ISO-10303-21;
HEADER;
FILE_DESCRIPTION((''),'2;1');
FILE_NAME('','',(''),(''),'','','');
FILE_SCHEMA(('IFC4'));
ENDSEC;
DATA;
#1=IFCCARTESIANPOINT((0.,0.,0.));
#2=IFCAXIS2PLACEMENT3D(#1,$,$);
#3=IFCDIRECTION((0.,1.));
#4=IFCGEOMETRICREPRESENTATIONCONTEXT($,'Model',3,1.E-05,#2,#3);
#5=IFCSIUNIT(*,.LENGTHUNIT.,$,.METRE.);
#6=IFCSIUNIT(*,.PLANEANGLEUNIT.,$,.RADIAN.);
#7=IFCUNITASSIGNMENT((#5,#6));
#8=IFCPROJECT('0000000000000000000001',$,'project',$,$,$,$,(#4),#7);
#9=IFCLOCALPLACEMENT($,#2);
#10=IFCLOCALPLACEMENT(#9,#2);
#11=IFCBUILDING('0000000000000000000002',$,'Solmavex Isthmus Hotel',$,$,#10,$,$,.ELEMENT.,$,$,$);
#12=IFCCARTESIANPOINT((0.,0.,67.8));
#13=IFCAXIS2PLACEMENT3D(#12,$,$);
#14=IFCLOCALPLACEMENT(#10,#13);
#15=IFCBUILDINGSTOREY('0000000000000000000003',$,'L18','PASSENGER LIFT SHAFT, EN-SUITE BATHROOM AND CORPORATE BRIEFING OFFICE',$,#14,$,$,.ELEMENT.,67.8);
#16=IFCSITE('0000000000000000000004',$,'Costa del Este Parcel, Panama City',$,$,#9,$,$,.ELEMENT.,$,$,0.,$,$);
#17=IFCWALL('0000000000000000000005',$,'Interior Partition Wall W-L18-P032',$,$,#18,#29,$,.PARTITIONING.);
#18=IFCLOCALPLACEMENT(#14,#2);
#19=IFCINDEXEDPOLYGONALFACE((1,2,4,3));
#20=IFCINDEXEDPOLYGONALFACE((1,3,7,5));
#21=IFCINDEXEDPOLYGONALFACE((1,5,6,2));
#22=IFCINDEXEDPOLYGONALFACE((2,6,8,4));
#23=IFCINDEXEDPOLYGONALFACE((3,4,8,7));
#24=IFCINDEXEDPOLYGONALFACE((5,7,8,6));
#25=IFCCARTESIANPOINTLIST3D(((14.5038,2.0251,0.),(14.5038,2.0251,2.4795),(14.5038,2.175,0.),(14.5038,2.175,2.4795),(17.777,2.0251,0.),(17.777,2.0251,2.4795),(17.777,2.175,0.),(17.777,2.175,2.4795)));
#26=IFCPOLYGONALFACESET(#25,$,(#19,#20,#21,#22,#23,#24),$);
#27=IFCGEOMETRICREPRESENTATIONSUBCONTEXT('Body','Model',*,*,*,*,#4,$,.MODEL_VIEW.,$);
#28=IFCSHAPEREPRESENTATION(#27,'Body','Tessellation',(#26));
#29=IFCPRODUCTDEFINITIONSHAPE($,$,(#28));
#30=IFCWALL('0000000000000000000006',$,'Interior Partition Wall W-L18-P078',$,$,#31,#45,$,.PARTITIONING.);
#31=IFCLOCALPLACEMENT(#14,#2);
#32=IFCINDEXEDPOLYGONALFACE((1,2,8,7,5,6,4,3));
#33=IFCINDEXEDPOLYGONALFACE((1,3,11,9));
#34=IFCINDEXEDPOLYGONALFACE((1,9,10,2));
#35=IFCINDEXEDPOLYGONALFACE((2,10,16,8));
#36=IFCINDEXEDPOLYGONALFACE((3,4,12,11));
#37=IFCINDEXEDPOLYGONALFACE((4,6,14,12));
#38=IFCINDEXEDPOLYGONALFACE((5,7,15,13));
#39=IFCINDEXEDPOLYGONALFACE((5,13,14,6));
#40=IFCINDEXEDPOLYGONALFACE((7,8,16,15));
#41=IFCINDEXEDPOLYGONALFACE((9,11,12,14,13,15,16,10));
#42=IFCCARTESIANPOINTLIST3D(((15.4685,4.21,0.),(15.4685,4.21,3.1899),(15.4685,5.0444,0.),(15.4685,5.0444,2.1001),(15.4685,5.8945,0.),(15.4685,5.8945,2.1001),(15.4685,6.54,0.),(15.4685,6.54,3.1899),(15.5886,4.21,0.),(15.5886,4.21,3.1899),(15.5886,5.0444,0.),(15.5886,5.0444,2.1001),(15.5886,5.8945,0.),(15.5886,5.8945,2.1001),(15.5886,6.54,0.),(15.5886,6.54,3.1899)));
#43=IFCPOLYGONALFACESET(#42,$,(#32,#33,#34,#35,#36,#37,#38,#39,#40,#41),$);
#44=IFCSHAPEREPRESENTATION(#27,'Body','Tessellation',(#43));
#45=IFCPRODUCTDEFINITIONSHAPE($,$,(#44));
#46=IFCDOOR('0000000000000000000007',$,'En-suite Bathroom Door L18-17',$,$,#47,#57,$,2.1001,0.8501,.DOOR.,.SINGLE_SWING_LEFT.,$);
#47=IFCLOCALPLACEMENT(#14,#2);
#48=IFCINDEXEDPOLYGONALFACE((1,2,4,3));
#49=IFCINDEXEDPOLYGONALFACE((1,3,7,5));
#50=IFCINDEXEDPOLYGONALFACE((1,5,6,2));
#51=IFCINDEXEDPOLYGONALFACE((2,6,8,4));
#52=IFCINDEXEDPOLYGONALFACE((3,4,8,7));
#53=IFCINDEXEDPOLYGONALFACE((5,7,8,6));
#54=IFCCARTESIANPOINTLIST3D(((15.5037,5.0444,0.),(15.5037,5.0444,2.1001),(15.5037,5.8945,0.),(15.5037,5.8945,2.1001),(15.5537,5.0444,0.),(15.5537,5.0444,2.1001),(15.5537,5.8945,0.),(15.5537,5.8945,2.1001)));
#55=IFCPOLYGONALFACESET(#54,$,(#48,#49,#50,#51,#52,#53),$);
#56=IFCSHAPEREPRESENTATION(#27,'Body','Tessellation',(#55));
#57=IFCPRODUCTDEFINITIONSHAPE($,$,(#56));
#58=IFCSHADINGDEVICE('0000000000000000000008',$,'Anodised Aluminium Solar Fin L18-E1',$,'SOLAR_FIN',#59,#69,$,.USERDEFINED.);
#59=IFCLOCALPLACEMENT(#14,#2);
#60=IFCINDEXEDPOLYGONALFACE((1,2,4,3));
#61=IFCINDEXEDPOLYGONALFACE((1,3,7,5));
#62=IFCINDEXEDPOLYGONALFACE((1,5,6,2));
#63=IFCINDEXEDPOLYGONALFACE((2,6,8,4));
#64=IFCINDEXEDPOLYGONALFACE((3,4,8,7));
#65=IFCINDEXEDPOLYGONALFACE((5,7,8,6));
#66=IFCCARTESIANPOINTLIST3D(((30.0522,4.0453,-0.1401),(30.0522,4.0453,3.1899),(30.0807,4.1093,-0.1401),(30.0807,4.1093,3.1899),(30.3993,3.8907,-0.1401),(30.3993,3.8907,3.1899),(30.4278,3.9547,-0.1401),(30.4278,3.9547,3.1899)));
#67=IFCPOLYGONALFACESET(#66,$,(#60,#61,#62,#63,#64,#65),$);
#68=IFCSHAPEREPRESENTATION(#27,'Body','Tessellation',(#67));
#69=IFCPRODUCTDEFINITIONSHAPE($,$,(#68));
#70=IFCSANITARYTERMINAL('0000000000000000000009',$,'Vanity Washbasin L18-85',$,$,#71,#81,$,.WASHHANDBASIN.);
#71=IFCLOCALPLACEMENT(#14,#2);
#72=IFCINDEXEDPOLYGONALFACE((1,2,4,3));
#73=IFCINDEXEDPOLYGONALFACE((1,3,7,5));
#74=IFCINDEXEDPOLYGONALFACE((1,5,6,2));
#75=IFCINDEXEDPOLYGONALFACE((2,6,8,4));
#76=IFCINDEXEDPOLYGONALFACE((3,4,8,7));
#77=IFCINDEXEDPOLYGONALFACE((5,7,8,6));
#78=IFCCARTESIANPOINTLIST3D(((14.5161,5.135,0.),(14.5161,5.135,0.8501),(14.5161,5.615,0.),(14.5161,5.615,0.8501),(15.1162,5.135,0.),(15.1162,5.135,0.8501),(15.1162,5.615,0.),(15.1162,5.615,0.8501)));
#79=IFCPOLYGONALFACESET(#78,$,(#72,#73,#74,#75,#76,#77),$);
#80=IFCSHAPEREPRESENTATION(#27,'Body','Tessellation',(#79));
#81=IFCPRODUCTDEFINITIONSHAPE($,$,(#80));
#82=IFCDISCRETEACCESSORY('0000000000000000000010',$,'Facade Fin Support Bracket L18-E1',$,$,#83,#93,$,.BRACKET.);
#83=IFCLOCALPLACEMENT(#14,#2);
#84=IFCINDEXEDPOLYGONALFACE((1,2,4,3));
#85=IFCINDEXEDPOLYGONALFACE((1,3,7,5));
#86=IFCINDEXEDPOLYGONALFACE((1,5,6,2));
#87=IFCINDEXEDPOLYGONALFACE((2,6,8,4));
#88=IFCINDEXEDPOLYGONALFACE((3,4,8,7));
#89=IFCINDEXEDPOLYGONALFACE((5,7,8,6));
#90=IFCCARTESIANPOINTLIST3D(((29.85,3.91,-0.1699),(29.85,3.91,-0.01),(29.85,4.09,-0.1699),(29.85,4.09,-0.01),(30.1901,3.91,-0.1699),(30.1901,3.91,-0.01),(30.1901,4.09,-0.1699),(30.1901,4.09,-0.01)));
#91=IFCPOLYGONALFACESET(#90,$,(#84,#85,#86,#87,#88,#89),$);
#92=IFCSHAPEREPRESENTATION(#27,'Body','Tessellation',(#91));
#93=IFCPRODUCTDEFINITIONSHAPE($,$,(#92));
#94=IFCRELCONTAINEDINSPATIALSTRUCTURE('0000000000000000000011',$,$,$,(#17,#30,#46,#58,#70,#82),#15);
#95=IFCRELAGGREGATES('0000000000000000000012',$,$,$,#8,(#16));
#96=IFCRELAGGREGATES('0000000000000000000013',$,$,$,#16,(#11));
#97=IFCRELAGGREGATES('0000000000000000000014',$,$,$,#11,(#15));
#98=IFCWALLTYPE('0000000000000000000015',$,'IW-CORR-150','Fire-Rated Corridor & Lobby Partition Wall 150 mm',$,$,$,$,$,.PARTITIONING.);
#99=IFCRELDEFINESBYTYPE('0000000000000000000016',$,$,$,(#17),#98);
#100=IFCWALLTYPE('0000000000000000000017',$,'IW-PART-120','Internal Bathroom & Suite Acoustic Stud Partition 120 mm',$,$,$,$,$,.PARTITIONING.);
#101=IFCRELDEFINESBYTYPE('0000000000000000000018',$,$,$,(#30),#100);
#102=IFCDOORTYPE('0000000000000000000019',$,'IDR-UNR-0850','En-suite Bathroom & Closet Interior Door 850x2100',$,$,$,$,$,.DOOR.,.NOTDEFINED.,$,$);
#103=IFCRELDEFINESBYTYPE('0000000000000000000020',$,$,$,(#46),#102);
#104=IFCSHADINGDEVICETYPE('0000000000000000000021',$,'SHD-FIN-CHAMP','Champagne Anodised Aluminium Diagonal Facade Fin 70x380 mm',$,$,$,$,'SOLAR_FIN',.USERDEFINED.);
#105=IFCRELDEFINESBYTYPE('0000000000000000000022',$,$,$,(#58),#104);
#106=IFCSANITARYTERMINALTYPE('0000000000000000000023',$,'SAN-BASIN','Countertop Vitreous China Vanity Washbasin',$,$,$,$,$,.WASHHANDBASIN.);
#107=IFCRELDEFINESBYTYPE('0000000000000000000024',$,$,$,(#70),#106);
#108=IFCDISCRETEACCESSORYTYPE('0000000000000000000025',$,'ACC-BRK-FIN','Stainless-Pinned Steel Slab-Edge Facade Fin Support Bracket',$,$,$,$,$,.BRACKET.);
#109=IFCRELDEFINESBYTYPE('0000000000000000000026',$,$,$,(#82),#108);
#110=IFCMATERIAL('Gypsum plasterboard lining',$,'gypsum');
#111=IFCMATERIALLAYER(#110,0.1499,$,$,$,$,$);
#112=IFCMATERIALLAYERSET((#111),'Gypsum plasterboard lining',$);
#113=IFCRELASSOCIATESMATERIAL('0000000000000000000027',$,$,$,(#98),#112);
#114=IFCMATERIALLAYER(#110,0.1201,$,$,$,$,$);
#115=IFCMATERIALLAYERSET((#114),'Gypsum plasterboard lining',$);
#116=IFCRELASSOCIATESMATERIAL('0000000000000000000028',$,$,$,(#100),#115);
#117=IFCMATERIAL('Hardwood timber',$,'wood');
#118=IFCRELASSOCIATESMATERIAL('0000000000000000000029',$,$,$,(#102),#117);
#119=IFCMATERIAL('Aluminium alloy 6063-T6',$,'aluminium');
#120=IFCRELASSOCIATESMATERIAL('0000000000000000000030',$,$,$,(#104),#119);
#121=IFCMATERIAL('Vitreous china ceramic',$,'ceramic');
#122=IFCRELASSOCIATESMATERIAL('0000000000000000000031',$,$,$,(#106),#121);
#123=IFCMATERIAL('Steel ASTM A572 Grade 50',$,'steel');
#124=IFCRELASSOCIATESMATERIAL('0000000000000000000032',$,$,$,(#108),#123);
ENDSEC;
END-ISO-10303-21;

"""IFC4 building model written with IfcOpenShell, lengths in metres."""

from ifc_helpers import new_model, si_unit, direction, frame, frame_2d, origin, origin_2d, place, context, subcontext, project, spatial, rectangle, extrude, material, layer, layer_set, type_object, element, fill, save


model = new_model("IFC4")

# Units and contexts
model_context = context("Model", 3, precision=1e-05, world=origin(), true_north=direction((0.0, 1.0)))
body_context = subcontext(model_context, "Body", "Model", "MODEL_VIEW")
ifc_project = project(units=[si_unit("LENGTHUNIT", "METRE"), si_unit("PLANEANGLEUNIT", "RADIAN")], contexts=[model_context])

# Site, building, storey
site_placement = place(None, origin())
site = spatial("IfcSite", under=ifc_project, at=site_placement, Name="Costa del Este Parcel, Panama City", CompositionType="ELEMENT", RefElevation=0.0)
building_placement = place(site_placement, origin())
building = spatial("IfcBuilding", under=site, at=building_placement, Name="Solmavex Isthmus Hotel", CompositionType="ELEMENT")
storey_placement = place(building_placement, frame((0.0, 0.0, 67.8)))
storey = spatial("IfcBuildingStorey", under=building, at=storey_placement, Name="L18", Description="PASSENGER LIFT SHAFT, EN-SUITE BATHROOM AND CORPORATE BRIEFING OFFICE", CompositionType="ELEMENT", Elevation=67.8)

# Shared definitions
ifc_material_1 = material(Name="Aluminium alloy 6063-T6", Category="aluminium")

# Shared definitions
ifc_material_2 = material(Name="Gypsum plasterboard lining", Category="gypsum")

# Shared definitions
ifc_layer_1 = layer(ifc_material_2, 0.1499)
ifc_layer_set_1 = layer_set([ifc_layer_1], Name="Gypsum plasterboard lining")
wall_type_1 = type_object("IfcWallType", Name="IW-CORR-150", Description="Fire-Rated Corridor & Lobby Partition Wall 150 mm", PredefinedType="PARTITIONING", material=ifc_layer_set_1)
ifc_material_3 = material(Name="Hardwood timber", Category="wood")

# Wall
wall_1_placement = place(storey_placement, frame((17.7771, 2.1001, 0.0), z_axis=(0.0, 0.0, 1.0), x_axis=(-1.0, 0.0, 0.0)))
element("IfcWall", 1, at=wall_1_placement, inside=storey, type_object=wall_type_1, Name="Interior Partition Wall W-L18-P032", PredefinedType="PARTITIONING", context=body_context, shape_type="SweptSolid", body=[
    extrude(rectangle(XDim=3.2732, YDim=0.1499, at=frame_2d((1.6367, 0.0))), origin(), (0.0, 0.0, 1.0), 2.4795),
])

# Wall, opening, door
ifc_layer_2 = layer(ifc_material_2, 0.1201)
ifc_layer_set_2 = layer_set([ifc_layer_2], Name="Gypsum plasterboard lining")
wall_type_2 = type_object("IfcWallType", Name="IW-PART-120", Description="Internal Bathroom & Suite Acoustic Stud Partition 120 mm", PredefinedType="PARTITIONING", material=ifc_layer_set_2)
wall_2_placement = place(storey_placement, frame((15.5286, 4.21, 0.0), z_axis=(0.0, 0.0, 1.0), x_axis=(0.0, 1.0, 0.0)))
wall_2 = element("IfcWall", 2, at=wall_2_placement, inside=storey, type_object=wall_type_2, Name="Interior Partition Wall W-L18-P078", PredefinedType="PARTITIONING", context=body_context, shape_type="SweptSolid", body=[
    extrude(rectangle(XDim=2.3301, YDim=0.1201, at=frame_2d((1.165, 0.0))), origin(), (0.0, 0.0, 1.0), 3.1899),
])
opening_1_placement = place(wall_2_placement, frame((0.8345, 0.0, 0.0)))
opening_1 = element("IfcOpeningElement", 3, at=opening_1_placement, cuts=wall_2, PredefinedType="OPENING", context=body_context, shape_type="SweptSolid", body=[
    extrude(rectangle(XDim=0.8501, YDim=2.1001, at=frame_2d((0.425, 1.05))), frame((0.0, 0.0701, 0.0), z_axis=(0.0, -1.0, 0.0), x_axis=(1.0, 0.0, 0.0)), (0.0, 0.0, 1.0), 0.1401),
])
door_type_1 = type_object("IfcDoorType", Name="IDR-UNR-0850", Description="En-suite Bathroom & Closet Interior Door 850x2100", OperationType="NOTDEFINED", PredefinedType="DOOR", material=ifc_material_3)
door_1_placement = place(opening_1_placement, origin())
door_1 = element("IfcDoor", 4, at=door_1_placement, inside=storey, type_object=door_type_1, Name="En-suite Bathroom Door L18-17", OperationType="SINGLE_SWING_LEFT", OverallHeight=2.1001, OverallWidth=0.8501, PredefinedType="DOOR", context=body_context, shape_type="SweptSolid", body=[
    extrude(rectangle(XDim=0.8501, YDim=2.1001, at=frame_2d((0.425, 1.05))), frame((0.0, 0.0249, 0.0), z_axis=(0.0, -1.0, 0.0), x_axis=(1.0, 0.0, 0.0)), (0.0, 0.0, 1.0), 0.05),
])
fill(opening_1, door_1)

# Shading device
shading_device_type = type_object("IfcShadingDeviceType", Name="SHD-FIN-CHAMP", Description="Champagne Anodised Aluminium Diagonal Facade Fin 70x380 mm", ElementType="SOLAR_FIN", PredefinedType="USERDEFINED", material=ifc_material_1)
shading_device_placement = place(storey_placement, frame((30.24, 4.0, -0.1401), z_axis=(0.0, 0.0, 1.0), x_axis=(0.913545, -0.406737, 0.0)))
element("IfcShadingDevice", 5, at=shading_device_placement, inside=storey, type_object=shading_device_type, Name="Anodised Aluminium Solar Fin L18-E1", ObjectType="SOLAR_FIN", PredefinedType="USERDEFINED", context=body_context, shape_type="SweptSolid", body=[
    extrude(rectangle(XDim=0.3799, YDim=0.0701, at=origin_2d()), origin(), (0.0, 0.0, 1.0), 3.3301),
])

# Sanitary terminal
ifc_material_4 = material(Name="Vitreous china ceramic", Category="ceramic")
sanitary_terminal_type = type_object("IfcSanitaryTerminalType", Name="SAN-BASIN", Description="Countertop Vitreous China Vanity Washbasin", PredefinedType="WASHHANDBASIN", material=ifc_material_4)
sanitary_terminal_placement = place(storey_placement, frame((14.8162, 5.375, 0.0), z_axis=(0.0, 0.0, 1.0), x_axis=(1.0, 0.0, 0.0)))
element("IfcSanitaryTerminal", 6, at=sanitary_terminal_placement, inside=storey, type_object=sanitary_terminal_type, Name="Vanity Washbasin L18-85", PredefinedType="WASHHANDBASIN", context=body_context, shape_type="SweptSolid", body=[
    extrude(rectangle(XDim=0.6001, YDim=0.48, at=origin_2d()), origin(), (0.0, 0.0, 1.0), 0.8501),
])

# Discrete accessory
ifc_material_5 = material(Name="Steel ASTM A572 Grade 50", Category="steel")
discrete_accessory_type = type_object("IfcDiscreteAccessoryType", Name="ACC-BRK-FIN", Description="Stainless-Pinned Steel Slab-Edge Facade Fin Support Bracket", PredefinedType="BRACKET", material=ifc_material_5)
discrete_accessory_placement = place(storey_placement, frame((30.02, 4.0, -0.1699), z_axis=(0.0, 0.0, 1.0), x_axis=(1.0, 0.0, 0.0)))
element("IfcDiscreteAccessory", 7, at=discrete_accessory_placement, inside=storey, type_object=discrete_accessory_type, Name="Facade Fin Support Bracket L18-E1", PredefinedType="BRACKET", context=body_context, shape_type="SweptSolid", body=[
    extrude(rectangle(XDim=0.3401, YDim=0.1799, at=origin_2d()), origin(), (0.0, 0.0, 1.0), 0.1599),
])

save(model, "model.ifc")
